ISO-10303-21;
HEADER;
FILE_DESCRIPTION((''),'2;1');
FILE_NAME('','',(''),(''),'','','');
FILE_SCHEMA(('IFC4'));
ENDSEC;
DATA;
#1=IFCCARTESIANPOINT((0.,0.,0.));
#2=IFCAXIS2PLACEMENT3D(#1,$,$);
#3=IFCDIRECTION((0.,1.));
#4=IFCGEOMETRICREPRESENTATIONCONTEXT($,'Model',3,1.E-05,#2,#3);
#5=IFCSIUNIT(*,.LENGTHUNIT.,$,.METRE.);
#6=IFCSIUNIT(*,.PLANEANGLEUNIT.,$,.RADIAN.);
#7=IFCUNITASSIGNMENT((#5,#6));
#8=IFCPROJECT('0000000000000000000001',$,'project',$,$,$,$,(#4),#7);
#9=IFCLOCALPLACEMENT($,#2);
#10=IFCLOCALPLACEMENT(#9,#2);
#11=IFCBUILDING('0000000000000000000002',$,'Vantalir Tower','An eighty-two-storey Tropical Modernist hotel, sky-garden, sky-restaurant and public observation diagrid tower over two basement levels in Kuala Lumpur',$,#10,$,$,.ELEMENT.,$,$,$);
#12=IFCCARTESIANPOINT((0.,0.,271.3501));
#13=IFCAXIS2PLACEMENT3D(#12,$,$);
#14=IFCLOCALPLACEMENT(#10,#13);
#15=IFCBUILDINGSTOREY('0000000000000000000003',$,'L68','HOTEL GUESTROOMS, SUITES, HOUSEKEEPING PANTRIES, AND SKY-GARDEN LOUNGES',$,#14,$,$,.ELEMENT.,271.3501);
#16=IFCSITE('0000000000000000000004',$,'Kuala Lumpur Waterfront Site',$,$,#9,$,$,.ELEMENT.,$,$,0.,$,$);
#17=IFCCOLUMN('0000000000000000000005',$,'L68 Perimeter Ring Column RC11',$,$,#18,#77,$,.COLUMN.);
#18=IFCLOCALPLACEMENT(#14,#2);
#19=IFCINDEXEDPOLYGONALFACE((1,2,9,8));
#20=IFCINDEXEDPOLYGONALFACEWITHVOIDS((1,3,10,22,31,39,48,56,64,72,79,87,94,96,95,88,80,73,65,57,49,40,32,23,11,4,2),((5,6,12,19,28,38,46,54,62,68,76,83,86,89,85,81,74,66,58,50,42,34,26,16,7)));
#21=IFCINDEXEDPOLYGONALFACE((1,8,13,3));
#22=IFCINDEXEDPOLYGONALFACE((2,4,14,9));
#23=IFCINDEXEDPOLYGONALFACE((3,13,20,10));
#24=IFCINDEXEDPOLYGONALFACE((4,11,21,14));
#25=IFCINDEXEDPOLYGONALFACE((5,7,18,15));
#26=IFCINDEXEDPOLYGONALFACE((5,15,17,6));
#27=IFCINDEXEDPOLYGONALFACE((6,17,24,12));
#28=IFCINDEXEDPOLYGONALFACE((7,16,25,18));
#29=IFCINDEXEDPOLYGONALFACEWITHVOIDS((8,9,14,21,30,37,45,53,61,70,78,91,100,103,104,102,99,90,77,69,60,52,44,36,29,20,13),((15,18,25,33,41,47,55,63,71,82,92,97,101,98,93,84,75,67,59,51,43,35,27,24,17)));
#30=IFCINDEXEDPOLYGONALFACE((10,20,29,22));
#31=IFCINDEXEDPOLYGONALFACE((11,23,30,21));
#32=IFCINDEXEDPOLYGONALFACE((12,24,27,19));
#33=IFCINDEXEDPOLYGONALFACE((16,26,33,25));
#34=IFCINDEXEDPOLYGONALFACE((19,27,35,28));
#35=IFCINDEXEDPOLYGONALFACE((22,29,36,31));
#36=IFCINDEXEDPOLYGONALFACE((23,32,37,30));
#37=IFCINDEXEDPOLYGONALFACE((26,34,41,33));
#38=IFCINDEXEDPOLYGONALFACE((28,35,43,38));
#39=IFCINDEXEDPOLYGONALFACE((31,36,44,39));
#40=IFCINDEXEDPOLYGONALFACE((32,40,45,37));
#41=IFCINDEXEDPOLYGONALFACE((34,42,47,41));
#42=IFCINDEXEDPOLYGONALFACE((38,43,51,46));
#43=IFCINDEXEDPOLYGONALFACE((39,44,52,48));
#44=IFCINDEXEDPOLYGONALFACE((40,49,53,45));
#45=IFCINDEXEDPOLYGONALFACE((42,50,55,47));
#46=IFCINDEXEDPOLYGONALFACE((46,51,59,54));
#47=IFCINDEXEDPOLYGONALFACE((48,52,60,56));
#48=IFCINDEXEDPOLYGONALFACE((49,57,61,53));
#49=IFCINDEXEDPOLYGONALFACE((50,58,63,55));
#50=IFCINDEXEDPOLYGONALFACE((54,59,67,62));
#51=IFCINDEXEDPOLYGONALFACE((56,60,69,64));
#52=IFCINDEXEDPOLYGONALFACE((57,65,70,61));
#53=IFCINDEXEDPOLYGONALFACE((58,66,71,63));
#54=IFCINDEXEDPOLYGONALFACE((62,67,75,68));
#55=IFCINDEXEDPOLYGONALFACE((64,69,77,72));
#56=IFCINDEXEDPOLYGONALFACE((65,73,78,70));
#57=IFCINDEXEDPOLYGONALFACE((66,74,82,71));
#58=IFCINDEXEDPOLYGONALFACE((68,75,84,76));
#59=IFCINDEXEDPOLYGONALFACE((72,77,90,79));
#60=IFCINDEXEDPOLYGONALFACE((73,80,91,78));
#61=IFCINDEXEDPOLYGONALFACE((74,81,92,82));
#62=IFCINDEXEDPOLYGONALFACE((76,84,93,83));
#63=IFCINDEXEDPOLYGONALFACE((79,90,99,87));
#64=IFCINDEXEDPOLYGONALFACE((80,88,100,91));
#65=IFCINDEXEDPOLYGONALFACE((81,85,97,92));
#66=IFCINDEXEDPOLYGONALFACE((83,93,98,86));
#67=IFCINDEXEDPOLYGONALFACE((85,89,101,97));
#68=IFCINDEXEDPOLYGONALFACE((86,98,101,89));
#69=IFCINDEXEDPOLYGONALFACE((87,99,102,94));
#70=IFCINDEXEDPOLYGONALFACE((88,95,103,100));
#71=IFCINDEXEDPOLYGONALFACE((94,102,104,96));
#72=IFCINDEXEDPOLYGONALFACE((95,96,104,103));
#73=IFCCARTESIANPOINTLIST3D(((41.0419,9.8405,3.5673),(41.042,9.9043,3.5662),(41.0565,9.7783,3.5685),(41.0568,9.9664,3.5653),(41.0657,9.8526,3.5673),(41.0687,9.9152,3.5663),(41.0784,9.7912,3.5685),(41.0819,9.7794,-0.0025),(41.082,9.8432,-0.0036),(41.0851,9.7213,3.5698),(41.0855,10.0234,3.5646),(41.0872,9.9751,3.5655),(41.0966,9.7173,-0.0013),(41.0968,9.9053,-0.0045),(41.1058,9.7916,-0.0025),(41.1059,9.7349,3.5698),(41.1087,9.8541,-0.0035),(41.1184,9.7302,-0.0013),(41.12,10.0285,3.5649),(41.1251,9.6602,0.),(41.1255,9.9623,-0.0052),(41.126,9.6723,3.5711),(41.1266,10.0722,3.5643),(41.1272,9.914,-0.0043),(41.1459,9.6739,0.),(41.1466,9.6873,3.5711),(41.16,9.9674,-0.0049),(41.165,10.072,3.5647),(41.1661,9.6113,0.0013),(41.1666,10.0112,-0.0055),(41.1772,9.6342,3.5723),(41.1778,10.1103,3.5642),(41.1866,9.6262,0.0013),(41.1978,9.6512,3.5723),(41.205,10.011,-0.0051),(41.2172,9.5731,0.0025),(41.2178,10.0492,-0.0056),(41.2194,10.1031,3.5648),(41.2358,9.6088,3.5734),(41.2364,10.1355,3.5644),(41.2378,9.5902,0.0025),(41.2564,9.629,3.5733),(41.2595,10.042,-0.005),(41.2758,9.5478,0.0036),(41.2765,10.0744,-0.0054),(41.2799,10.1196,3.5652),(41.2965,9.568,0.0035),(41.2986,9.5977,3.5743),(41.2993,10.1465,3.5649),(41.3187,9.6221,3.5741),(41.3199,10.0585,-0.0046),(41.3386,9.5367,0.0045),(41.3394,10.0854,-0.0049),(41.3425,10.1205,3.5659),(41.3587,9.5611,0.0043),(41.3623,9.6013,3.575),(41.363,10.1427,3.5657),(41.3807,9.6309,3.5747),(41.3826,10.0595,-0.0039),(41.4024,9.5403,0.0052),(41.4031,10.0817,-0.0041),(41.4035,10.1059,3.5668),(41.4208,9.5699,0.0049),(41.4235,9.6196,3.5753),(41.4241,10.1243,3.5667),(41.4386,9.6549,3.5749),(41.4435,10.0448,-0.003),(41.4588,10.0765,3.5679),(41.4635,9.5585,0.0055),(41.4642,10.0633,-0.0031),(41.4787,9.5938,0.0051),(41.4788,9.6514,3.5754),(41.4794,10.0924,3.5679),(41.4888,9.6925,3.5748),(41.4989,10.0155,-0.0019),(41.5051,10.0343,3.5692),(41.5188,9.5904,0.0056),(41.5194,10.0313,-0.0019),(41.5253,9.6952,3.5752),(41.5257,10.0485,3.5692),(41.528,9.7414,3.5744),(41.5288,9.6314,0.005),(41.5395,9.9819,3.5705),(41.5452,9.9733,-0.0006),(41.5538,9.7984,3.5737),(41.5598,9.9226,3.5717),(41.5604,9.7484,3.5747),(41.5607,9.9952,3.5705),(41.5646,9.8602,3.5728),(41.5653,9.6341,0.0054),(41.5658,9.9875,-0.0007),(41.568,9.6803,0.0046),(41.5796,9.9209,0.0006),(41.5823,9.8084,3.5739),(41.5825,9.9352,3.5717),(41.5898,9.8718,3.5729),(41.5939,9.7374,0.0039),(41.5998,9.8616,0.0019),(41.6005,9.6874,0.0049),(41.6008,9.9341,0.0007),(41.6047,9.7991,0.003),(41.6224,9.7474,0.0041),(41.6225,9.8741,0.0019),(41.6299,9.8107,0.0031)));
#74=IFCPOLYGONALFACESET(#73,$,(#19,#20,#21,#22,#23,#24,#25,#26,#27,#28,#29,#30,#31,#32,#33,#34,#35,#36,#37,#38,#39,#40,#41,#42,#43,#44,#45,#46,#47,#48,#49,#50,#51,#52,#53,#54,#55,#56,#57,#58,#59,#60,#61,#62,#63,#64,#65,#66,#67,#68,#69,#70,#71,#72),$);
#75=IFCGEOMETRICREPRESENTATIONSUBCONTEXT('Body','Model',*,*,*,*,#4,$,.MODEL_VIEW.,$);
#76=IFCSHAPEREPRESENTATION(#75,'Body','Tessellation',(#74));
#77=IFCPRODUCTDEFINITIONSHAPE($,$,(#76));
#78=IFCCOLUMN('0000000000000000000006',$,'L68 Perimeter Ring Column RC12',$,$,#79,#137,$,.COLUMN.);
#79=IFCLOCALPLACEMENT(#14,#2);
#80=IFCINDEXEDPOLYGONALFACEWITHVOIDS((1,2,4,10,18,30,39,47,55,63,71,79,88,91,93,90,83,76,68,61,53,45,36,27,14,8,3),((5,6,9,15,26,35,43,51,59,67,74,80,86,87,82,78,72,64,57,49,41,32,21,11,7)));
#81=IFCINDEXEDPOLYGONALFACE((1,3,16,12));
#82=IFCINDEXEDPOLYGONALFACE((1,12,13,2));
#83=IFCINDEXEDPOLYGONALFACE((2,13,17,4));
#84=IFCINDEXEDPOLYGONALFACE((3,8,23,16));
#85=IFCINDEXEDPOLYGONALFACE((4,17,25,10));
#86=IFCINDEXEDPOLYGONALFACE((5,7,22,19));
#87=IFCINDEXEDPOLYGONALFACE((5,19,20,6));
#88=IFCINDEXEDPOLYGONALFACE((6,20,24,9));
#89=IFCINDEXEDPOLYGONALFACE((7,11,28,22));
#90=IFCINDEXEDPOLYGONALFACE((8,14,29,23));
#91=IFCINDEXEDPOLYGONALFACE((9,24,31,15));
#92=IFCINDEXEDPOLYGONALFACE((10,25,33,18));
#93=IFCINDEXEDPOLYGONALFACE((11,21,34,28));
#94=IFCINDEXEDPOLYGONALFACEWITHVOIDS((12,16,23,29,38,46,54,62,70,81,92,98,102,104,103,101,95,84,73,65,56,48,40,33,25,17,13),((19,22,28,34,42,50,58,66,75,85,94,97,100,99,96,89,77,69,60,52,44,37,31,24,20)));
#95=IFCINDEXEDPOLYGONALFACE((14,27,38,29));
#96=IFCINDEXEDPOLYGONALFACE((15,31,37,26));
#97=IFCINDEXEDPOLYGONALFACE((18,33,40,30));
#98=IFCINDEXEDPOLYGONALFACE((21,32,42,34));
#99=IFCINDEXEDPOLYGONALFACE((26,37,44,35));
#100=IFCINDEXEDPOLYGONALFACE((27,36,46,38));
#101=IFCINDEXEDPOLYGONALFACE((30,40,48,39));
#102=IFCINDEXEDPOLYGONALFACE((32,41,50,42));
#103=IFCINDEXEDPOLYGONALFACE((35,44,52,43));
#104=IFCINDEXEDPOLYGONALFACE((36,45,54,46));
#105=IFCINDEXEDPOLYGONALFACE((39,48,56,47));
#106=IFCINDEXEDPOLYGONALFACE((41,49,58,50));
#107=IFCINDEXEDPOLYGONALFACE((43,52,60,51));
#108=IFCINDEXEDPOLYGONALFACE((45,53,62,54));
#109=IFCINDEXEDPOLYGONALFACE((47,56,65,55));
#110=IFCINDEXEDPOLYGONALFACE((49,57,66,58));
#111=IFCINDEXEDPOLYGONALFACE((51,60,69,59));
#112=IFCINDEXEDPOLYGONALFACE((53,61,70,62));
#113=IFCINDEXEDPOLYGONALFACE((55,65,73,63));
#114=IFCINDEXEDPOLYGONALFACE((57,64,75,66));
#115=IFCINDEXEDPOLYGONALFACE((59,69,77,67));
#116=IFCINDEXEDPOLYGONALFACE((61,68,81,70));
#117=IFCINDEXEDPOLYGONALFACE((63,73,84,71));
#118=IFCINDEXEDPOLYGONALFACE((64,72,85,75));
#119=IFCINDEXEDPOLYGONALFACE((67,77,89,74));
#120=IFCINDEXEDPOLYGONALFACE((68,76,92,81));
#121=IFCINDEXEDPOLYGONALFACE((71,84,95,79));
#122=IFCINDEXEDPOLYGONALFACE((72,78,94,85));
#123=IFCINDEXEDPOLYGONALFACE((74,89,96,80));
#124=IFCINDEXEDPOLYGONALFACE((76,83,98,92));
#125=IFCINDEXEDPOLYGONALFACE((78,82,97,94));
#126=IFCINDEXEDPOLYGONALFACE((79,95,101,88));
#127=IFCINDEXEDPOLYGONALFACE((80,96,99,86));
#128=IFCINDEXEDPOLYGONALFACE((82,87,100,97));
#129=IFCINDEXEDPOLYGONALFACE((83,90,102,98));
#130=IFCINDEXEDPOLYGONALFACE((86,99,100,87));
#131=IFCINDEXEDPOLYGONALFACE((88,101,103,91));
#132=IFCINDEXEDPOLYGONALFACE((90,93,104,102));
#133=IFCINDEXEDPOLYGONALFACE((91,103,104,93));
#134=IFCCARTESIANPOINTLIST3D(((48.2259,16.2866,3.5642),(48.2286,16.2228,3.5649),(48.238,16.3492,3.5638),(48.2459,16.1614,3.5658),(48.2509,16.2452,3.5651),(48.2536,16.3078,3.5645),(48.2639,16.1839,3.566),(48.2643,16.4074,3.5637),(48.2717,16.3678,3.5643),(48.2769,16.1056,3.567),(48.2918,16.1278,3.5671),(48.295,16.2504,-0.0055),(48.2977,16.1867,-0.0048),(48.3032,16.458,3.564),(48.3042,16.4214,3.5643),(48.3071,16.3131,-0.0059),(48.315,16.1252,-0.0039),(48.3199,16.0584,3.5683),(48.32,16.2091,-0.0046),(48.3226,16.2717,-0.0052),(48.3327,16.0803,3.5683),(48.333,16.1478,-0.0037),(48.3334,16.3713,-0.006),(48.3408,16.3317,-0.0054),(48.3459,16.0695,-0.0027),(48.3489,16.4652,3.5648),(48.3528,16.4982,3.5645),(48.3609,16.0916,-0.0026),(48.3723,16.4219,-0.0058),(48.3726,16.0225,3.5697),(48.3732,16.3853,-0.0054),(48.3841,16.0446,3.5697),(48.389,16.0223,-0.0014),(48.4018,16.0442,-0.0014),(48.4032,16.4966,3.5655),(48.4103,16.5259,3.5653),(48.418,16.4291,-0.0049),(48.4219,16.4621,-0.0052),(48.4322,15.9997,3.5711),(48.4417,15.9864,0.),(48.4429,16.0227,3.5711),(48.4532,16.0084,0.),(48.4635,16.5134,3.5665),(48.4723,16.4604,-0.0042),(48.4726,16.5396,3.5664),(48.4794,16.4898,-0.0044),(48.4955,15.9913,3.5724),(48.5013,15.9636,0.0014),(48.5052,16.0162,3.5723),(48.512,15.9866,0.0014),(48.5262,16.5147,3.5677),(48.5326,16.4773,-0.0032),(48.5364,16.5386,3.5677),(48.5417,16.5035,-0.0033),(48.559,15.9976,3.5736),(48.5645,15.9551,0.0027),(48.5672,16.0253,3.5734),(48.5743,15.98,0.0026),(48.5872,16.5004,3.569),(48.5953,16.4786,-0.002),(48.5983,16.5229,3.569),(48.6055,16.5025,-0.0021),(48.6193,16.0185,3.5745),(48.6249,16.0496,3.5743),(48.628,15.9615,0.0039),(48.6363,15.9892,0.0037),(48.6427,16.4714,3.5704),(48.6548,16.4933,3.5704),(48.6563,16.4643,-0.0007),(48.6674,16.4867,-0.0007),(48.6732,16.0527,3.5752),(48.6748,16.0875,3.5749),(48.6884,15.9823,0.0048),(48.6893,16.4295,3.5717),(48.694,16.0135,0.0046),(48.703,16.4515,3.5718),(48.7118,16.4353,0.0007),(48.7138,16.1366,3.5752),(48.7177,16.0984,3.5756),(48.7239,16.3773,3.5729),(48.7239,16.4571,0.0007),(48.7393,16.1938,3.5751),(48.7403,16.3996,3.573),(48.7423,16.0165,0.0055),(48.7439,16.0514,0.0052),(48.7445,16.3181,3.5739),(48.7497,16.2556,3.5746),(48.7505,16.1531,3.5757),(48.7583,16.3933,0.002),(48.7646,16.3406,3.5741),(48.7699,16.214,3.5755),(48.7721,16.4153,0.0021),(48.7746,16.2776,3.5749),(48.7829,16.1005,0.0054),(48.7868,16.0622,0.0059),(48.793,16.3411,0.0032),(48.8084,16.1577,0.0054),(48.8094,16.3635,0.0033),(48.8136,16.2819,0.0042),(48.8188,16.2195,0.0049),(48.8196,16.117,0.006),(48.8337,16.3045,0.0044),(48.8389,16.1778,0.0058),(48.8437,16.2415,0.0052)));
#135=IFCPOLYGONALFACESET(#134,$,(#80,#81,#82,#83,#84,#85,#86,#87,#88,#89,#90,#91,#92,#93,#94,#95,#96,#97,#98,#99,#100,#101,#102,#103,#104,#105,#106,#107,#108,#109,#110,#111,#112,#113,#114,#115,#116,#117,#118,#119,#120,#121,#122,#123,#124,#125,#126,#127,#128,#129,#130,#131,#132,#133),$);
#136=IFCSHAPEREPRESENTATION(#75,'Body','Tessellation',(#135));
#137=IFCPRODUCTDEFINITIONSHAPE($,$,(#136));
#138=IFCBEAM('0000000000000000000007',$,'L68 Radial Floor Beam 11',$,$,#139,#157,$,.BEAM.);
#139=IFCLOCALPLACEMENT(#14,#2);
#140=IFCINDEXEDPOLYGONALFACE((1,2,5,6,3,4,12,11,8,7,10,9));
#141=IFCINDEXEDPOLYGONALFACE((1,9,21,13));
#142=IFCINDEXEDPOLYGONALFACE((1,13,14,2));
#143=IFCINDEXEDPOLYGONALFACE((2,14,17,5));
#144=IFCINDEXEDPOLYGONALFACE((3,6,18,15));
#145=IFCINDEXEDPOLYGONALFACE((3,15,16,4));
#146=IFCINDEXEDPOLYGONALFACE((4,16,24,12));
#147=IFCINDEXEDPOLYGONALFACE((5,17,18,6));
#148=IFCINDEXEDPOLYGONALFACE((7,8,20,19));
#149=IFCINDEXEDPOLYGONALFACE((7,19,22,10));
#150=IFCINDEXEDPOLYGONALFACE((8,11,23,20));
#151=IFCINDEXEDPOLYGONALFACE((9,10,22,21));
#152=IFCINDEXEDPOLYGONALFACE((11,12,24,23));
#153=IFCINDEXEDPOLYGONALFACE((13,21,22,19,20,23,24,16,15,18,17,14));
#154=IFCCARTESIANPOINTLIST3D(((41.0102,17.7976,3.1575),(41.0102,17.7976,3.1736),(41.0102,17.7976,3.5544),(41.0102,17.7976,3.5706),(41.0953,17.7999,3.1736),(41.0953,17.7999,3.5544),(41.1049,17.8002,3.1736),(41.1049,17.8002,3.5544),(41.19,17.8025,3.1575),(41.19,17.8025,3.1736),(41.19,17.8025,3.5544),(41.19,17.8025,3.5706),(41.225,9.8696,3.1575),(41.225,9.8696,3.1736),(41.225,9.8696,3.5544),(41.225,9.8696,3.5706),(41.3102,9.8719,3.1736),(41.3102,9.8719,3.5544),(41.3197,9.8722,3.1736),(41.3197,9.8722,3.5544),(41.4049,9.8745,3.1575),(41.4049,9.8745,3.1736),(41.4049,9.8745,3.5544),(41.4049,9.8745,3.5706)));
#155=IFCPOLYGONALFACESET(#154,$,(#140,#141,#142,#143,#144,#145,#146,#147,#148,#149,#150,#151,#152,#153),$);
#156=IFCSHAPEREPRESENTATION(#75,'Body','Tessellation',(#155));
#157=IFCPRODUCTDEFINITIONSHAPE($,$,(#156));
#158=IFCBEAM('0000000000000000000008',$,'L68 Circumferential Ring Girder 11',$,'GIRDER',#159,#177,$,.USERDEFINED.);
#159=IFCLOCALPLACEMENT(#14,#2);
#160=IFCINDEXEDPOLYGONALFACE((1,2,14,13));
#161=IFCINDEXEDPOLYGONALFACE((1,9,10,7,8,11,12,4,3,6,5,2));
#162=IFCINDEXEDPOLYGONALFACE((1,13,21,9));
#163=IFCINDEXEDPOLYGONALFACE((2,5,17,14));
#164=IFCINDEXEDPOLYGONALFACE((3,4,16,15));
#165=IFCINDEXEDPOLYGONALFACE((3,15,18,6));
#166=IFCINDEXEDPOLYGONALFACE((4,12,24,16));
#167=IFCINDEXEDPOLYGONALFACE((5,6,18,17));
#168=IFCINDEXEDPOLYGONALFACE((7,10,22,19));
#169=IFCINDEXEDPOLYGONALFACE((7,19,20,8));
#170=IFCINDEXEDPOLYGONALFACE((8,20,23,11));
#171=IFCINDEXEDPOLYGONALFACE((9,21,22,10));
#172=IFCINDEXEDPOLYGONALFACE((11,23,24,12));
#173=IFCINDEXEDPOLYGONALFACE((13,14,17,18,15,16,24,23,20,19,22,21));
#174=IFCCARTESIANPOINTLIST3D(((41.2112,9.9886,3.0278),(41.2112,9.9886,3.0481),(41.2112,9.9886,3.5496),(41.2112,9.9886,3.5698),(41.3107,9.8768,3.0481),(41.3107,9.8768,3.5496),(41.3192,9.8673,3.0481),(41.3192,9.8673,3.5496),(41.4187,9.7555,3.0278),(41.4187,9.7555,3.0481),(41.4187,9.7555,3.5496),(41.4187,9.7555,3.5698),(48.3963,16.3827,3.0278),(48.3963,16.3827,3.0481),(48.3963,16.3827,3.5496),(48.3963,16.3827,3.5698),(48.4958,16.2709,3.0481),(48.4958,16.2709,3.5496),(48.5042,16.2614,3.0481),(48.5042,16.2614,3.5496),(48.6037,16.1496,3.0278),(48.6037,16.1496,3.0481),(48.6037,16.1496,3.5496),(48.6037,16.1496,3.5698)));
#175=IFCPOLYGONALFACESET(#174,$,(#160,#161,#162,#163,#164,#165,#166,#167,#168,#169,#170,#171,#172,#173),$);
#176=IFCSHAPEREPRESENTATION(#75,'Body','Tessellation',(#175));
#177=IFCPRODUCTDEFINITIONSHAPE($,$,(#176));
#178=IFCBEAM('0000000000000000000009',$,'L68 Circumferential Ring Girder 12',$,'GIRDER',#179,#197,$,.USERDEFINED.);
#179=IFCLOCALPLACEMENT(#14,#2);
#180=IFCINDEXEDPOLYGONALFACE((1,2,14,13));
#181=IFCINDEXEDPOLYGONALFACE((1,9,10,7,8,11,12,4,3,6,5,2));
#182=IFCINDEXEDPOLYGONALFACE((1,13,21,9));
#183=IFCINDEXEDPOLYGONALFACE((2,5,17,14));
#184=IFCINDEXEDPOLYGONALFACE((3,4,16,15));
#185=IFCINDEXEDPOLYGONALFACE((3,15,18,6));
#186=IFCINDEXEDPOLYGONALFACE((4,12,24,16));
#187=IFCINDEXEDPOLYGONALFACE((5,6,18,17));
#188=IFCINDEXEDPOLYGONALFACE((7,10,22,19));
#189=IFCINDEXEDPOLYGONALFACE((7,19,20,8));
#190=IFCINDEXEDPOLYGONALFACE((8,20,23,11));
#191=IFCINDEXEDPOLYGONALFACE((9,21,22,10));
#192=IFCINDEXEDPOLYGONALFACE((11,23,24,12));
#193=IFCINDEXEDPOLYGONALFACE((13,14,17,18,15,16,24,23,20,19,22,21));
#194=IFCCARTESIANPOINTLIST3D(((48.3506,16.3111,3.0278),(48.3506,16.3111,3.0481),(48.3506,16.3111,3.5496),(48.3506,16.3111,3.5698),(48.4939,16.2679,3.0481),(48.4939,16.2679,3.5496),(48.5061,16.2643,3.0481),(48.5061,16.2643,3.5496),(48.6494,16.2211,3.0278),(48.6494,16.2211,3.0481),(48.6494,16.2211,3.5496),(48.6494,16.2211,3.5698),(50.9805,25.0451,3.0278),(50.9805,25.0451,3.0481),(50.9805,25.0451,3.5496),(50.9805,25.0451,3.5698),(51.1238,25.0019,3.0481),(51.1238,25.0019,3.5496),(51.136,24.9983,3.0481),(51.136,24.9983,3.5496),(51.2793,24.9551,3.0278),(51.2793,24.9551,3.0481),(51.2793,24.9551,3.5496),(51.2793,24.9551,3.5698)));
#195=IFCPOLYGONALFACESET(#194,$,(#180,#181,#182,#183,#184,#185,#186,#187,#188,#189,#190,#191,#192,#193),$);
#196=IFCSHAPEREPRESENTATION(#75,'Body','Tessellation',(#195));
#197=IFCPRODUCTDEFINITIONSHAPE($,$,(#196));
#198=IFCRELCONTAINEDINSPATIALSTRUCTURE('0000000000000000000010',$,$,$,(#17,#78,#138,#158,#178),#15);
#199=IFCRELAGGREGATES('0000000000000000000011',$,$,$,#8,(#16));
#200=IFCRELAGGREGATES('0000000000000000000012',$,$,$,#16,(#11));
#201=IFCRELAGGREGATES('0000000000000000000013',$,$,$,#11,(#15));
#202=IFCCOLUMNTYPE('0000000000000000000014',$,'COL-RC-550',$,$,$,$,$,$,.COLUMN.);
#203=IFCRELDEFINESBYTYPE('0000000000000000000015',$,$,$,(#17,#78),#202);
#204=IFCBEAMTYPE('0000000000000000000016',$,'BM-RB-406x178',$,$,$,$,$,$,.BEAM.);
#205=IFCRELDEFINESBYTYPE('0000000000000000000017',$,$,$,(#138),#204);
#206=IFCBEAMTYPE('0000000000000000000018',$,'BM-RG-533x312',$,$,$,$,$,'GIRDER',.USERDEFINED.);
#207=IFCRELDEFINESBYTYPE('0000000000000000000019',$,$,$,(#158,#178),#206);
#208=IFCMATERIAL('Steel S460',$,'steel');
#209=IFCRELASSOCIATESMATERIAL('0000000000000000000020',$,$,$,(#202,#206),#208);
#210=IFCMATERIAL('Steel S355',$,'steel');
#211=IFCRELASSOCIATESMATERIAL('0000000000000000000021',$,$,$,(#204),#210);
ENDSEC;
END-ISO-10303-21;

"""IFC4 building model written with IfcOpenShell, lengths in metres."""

from ifc_helpers import new_model, si_unit, direction, frame, origin, origin_2d, place, context, subcontext, project, spatial, hollow_circle, i_section, extrude, material, material_profile, profile_set, type_object, element, save


model = new_model("IFC4")

# Units and contexts
model_context = context("Model", 3, precision=1e-05, world=origin(), true_north=direction((0.0, 1.0)))
body_context = subcontext(model_context, "Body", "Model", "MODEL_VIEW")
ifc_project = project(units=[si_unit("LENGTHUNIT", "METRE"), si_unit("PLANEANGLEUNIT", "RADIAN")], contexts=[model_context])

# Site, building, storey
site_placement = place(None, origin())
site = spatial("IfcSite", under=ifc_project, at=site_placement, Name="Kuala Lumpur Waterfront Site", CompositionType="ELEMENT", RefElevation=0.0)
building_placement = place(site_placement, origin())
building = spatial("IfcBuilding", under=site, at=building_placement, Name="Vantalir Tower", Description="An eighty-two-storey Tropical Modernist hotel, sky-garden, sky-restaurant and public observation diagrid tower over two basement levels in Kuala Lumpur", CompositionType="ELEMENT")
storey_placement = place(building_placement, frame((0.0, 0.0, 271.3501)))
storey = spatial("IfcBuildingStorey", under=building, at=storey_placement, Name="L68", Description="HOTEL GUESTROOMS, SUITES, HOUSEKEEPING PANTRIES, AND SKY-GARDEN LOUNGES", CompositionType="ELEMENT", Elevation=271.3501)

# Columns
ifc_material_1 = material(Name="Steel S460", Category="steel")
ifc_material_profile_1 = material_profile(ifc_material_1, hollow_circle(Radius=0.2749, WallThickness=0.0249, at=origin_2d()), Name="Steel S460")
ifc_profile_set_1 = profile_set([ifc_material_profile_1], Name="Steel S460")
column_type = type_object("IfcColumnType", Name="COL-RC-550", PredefinedType="COLUMN", material=ifc_profile_set_1)
for number, where, z_axis, x_axis, name in (
    (1, (41.355, 9.811, 0.0), (-0.011214, 0.017094, 0.999791), (-0.836144, -0.54851, 0.0), "L68 Perimeter Ring Column RC11"),
    (2, (48.5691, 16.23, 0.0), (-0.01935, 0.010119, 0.999762), (-0.463422, -0.886138, 0.0), "L68 Perimeter Ring Column RC12"),
):
    element("IfcColumn", number, at=place(storey_placement, frame(where, z_axis=z_axis, x_axis=x_axis)), inside=storey, type_object=column_type, Name=name, PredefinedType="COLUMN", context=body_context, shape_type="SweptSolid", body=[
        extrude(hollow_circle(Radius=0.2749, WallThickness=0.0249, at=origin_2d()), origin(), (0.0, 0.0, 1.0), 3.5706),
    ])

# Beams
ifc_material_2 = material(Name="Steel S355", Category="steel")
ifc_material_profile_2 = material_profile(ifc_material_2, i_section(OverallWidth=0.1799, OverallDepth=0.4131, WebThickness=0.0095, FlangeThickness=0.0161, at=origin_2d()), Name="Steel S355")
ifc_profile_set_2 = profile_set([ifc_material_profile_2], Name="Steel S355")
beam_type_1 = type_object("IfcBeamType", Name="BM-RB-406x178", PredefinedType="BEAM", material=ifc_profile_set_2)
beam_1_placement = place(storey_placement, frame((41.3149, 9.8721, 3.364), z_axis=(-0.027089, 0.999633, 0.0), x_axis=(-0.999633, -0.027089, 0.0)))
element("IfcBeam", 3, at=beam_1_placement, inside=storey, type_object=beam_type_1, Name="L68 Radial Floor Beam 11", PredefinedType="BEAM", context=body_context, shape_type="SweptSolid", body=[
    extrude(i_section(OverallWidth=0.1799, OverallDepth=0.4131, WebThickness=0.0095, FlangeThickness=0.0161, at=origin_2d()), origin(), (0.0, 0.0, 1.0), 7.9309),
])
ifc_material_profile_3 = material_profile(ifc_material_1, i_section(OverallWidth=0.312, OverallDepth=0.542, WebThickness=0.0127, FlangeThickness=0.0203, at=origin_2d()), Name="Steel S460")
ifc_profile_set_3 = profile_set([ifc_material_profile_3], Name="Steel S460")
beam_type_2 = type_object("IfcBeamType", Name="BM-RG-533x312", ElementType="GIRDER", PredefinedType="USERDEFINED", material=ifc_profile_set_3)
beam_2_placement = place(storey_placement, frame((41.3149, 9.8721, 3.2988), z_axis=(0.747031, 0.664789, 0.0), x_axis=(-0.664789, 0.747031, 0.0)))
element("IfcBeam", 4, at=beam_2_placement, inside=storey, type_object=beam_type_2, Name="L68 Circumferential Ring Girder 11", ObjectType="GIRDER", PredefinedType="USERDEFINED", context=body_context, shape_type="SweptSolid", body=[
    extrude(i_section(OverallWidth=0.312, OverallDepth=0.542, WebThickness=0.0127, FlangeThickness=0.0203, at=origin_2d()), origin(), (0.0, 0.0, 1.0), 9.6182),
])
beam_3_placement = place(storey_placement, frame((48.5, 16.2661, 3.2988), z_axis=(0.288325, 0.957533, 0.0), x_axis=(-0.957533, 0.288325, 0.0)))
element("IfcBeam", 5, at=beam_3_placement, inside=storey, type_object=beam_type_2, Name="L68 Circumferential Ring Girder 12", ObjectType="GIRDER", PredefinedType="USERDEFINED", context=body_context, shape_type="SweptSolid", body=[
    extrude(i_section(OverallWidth=0.312, OverallDepth=0.542, WebThickness=0.0127, FlangeThickness=0.0203, at=origin_2d()), origin(), (0.0, 0.0, 1.0), 9.1213),
])

save(model, "model.ifc")
